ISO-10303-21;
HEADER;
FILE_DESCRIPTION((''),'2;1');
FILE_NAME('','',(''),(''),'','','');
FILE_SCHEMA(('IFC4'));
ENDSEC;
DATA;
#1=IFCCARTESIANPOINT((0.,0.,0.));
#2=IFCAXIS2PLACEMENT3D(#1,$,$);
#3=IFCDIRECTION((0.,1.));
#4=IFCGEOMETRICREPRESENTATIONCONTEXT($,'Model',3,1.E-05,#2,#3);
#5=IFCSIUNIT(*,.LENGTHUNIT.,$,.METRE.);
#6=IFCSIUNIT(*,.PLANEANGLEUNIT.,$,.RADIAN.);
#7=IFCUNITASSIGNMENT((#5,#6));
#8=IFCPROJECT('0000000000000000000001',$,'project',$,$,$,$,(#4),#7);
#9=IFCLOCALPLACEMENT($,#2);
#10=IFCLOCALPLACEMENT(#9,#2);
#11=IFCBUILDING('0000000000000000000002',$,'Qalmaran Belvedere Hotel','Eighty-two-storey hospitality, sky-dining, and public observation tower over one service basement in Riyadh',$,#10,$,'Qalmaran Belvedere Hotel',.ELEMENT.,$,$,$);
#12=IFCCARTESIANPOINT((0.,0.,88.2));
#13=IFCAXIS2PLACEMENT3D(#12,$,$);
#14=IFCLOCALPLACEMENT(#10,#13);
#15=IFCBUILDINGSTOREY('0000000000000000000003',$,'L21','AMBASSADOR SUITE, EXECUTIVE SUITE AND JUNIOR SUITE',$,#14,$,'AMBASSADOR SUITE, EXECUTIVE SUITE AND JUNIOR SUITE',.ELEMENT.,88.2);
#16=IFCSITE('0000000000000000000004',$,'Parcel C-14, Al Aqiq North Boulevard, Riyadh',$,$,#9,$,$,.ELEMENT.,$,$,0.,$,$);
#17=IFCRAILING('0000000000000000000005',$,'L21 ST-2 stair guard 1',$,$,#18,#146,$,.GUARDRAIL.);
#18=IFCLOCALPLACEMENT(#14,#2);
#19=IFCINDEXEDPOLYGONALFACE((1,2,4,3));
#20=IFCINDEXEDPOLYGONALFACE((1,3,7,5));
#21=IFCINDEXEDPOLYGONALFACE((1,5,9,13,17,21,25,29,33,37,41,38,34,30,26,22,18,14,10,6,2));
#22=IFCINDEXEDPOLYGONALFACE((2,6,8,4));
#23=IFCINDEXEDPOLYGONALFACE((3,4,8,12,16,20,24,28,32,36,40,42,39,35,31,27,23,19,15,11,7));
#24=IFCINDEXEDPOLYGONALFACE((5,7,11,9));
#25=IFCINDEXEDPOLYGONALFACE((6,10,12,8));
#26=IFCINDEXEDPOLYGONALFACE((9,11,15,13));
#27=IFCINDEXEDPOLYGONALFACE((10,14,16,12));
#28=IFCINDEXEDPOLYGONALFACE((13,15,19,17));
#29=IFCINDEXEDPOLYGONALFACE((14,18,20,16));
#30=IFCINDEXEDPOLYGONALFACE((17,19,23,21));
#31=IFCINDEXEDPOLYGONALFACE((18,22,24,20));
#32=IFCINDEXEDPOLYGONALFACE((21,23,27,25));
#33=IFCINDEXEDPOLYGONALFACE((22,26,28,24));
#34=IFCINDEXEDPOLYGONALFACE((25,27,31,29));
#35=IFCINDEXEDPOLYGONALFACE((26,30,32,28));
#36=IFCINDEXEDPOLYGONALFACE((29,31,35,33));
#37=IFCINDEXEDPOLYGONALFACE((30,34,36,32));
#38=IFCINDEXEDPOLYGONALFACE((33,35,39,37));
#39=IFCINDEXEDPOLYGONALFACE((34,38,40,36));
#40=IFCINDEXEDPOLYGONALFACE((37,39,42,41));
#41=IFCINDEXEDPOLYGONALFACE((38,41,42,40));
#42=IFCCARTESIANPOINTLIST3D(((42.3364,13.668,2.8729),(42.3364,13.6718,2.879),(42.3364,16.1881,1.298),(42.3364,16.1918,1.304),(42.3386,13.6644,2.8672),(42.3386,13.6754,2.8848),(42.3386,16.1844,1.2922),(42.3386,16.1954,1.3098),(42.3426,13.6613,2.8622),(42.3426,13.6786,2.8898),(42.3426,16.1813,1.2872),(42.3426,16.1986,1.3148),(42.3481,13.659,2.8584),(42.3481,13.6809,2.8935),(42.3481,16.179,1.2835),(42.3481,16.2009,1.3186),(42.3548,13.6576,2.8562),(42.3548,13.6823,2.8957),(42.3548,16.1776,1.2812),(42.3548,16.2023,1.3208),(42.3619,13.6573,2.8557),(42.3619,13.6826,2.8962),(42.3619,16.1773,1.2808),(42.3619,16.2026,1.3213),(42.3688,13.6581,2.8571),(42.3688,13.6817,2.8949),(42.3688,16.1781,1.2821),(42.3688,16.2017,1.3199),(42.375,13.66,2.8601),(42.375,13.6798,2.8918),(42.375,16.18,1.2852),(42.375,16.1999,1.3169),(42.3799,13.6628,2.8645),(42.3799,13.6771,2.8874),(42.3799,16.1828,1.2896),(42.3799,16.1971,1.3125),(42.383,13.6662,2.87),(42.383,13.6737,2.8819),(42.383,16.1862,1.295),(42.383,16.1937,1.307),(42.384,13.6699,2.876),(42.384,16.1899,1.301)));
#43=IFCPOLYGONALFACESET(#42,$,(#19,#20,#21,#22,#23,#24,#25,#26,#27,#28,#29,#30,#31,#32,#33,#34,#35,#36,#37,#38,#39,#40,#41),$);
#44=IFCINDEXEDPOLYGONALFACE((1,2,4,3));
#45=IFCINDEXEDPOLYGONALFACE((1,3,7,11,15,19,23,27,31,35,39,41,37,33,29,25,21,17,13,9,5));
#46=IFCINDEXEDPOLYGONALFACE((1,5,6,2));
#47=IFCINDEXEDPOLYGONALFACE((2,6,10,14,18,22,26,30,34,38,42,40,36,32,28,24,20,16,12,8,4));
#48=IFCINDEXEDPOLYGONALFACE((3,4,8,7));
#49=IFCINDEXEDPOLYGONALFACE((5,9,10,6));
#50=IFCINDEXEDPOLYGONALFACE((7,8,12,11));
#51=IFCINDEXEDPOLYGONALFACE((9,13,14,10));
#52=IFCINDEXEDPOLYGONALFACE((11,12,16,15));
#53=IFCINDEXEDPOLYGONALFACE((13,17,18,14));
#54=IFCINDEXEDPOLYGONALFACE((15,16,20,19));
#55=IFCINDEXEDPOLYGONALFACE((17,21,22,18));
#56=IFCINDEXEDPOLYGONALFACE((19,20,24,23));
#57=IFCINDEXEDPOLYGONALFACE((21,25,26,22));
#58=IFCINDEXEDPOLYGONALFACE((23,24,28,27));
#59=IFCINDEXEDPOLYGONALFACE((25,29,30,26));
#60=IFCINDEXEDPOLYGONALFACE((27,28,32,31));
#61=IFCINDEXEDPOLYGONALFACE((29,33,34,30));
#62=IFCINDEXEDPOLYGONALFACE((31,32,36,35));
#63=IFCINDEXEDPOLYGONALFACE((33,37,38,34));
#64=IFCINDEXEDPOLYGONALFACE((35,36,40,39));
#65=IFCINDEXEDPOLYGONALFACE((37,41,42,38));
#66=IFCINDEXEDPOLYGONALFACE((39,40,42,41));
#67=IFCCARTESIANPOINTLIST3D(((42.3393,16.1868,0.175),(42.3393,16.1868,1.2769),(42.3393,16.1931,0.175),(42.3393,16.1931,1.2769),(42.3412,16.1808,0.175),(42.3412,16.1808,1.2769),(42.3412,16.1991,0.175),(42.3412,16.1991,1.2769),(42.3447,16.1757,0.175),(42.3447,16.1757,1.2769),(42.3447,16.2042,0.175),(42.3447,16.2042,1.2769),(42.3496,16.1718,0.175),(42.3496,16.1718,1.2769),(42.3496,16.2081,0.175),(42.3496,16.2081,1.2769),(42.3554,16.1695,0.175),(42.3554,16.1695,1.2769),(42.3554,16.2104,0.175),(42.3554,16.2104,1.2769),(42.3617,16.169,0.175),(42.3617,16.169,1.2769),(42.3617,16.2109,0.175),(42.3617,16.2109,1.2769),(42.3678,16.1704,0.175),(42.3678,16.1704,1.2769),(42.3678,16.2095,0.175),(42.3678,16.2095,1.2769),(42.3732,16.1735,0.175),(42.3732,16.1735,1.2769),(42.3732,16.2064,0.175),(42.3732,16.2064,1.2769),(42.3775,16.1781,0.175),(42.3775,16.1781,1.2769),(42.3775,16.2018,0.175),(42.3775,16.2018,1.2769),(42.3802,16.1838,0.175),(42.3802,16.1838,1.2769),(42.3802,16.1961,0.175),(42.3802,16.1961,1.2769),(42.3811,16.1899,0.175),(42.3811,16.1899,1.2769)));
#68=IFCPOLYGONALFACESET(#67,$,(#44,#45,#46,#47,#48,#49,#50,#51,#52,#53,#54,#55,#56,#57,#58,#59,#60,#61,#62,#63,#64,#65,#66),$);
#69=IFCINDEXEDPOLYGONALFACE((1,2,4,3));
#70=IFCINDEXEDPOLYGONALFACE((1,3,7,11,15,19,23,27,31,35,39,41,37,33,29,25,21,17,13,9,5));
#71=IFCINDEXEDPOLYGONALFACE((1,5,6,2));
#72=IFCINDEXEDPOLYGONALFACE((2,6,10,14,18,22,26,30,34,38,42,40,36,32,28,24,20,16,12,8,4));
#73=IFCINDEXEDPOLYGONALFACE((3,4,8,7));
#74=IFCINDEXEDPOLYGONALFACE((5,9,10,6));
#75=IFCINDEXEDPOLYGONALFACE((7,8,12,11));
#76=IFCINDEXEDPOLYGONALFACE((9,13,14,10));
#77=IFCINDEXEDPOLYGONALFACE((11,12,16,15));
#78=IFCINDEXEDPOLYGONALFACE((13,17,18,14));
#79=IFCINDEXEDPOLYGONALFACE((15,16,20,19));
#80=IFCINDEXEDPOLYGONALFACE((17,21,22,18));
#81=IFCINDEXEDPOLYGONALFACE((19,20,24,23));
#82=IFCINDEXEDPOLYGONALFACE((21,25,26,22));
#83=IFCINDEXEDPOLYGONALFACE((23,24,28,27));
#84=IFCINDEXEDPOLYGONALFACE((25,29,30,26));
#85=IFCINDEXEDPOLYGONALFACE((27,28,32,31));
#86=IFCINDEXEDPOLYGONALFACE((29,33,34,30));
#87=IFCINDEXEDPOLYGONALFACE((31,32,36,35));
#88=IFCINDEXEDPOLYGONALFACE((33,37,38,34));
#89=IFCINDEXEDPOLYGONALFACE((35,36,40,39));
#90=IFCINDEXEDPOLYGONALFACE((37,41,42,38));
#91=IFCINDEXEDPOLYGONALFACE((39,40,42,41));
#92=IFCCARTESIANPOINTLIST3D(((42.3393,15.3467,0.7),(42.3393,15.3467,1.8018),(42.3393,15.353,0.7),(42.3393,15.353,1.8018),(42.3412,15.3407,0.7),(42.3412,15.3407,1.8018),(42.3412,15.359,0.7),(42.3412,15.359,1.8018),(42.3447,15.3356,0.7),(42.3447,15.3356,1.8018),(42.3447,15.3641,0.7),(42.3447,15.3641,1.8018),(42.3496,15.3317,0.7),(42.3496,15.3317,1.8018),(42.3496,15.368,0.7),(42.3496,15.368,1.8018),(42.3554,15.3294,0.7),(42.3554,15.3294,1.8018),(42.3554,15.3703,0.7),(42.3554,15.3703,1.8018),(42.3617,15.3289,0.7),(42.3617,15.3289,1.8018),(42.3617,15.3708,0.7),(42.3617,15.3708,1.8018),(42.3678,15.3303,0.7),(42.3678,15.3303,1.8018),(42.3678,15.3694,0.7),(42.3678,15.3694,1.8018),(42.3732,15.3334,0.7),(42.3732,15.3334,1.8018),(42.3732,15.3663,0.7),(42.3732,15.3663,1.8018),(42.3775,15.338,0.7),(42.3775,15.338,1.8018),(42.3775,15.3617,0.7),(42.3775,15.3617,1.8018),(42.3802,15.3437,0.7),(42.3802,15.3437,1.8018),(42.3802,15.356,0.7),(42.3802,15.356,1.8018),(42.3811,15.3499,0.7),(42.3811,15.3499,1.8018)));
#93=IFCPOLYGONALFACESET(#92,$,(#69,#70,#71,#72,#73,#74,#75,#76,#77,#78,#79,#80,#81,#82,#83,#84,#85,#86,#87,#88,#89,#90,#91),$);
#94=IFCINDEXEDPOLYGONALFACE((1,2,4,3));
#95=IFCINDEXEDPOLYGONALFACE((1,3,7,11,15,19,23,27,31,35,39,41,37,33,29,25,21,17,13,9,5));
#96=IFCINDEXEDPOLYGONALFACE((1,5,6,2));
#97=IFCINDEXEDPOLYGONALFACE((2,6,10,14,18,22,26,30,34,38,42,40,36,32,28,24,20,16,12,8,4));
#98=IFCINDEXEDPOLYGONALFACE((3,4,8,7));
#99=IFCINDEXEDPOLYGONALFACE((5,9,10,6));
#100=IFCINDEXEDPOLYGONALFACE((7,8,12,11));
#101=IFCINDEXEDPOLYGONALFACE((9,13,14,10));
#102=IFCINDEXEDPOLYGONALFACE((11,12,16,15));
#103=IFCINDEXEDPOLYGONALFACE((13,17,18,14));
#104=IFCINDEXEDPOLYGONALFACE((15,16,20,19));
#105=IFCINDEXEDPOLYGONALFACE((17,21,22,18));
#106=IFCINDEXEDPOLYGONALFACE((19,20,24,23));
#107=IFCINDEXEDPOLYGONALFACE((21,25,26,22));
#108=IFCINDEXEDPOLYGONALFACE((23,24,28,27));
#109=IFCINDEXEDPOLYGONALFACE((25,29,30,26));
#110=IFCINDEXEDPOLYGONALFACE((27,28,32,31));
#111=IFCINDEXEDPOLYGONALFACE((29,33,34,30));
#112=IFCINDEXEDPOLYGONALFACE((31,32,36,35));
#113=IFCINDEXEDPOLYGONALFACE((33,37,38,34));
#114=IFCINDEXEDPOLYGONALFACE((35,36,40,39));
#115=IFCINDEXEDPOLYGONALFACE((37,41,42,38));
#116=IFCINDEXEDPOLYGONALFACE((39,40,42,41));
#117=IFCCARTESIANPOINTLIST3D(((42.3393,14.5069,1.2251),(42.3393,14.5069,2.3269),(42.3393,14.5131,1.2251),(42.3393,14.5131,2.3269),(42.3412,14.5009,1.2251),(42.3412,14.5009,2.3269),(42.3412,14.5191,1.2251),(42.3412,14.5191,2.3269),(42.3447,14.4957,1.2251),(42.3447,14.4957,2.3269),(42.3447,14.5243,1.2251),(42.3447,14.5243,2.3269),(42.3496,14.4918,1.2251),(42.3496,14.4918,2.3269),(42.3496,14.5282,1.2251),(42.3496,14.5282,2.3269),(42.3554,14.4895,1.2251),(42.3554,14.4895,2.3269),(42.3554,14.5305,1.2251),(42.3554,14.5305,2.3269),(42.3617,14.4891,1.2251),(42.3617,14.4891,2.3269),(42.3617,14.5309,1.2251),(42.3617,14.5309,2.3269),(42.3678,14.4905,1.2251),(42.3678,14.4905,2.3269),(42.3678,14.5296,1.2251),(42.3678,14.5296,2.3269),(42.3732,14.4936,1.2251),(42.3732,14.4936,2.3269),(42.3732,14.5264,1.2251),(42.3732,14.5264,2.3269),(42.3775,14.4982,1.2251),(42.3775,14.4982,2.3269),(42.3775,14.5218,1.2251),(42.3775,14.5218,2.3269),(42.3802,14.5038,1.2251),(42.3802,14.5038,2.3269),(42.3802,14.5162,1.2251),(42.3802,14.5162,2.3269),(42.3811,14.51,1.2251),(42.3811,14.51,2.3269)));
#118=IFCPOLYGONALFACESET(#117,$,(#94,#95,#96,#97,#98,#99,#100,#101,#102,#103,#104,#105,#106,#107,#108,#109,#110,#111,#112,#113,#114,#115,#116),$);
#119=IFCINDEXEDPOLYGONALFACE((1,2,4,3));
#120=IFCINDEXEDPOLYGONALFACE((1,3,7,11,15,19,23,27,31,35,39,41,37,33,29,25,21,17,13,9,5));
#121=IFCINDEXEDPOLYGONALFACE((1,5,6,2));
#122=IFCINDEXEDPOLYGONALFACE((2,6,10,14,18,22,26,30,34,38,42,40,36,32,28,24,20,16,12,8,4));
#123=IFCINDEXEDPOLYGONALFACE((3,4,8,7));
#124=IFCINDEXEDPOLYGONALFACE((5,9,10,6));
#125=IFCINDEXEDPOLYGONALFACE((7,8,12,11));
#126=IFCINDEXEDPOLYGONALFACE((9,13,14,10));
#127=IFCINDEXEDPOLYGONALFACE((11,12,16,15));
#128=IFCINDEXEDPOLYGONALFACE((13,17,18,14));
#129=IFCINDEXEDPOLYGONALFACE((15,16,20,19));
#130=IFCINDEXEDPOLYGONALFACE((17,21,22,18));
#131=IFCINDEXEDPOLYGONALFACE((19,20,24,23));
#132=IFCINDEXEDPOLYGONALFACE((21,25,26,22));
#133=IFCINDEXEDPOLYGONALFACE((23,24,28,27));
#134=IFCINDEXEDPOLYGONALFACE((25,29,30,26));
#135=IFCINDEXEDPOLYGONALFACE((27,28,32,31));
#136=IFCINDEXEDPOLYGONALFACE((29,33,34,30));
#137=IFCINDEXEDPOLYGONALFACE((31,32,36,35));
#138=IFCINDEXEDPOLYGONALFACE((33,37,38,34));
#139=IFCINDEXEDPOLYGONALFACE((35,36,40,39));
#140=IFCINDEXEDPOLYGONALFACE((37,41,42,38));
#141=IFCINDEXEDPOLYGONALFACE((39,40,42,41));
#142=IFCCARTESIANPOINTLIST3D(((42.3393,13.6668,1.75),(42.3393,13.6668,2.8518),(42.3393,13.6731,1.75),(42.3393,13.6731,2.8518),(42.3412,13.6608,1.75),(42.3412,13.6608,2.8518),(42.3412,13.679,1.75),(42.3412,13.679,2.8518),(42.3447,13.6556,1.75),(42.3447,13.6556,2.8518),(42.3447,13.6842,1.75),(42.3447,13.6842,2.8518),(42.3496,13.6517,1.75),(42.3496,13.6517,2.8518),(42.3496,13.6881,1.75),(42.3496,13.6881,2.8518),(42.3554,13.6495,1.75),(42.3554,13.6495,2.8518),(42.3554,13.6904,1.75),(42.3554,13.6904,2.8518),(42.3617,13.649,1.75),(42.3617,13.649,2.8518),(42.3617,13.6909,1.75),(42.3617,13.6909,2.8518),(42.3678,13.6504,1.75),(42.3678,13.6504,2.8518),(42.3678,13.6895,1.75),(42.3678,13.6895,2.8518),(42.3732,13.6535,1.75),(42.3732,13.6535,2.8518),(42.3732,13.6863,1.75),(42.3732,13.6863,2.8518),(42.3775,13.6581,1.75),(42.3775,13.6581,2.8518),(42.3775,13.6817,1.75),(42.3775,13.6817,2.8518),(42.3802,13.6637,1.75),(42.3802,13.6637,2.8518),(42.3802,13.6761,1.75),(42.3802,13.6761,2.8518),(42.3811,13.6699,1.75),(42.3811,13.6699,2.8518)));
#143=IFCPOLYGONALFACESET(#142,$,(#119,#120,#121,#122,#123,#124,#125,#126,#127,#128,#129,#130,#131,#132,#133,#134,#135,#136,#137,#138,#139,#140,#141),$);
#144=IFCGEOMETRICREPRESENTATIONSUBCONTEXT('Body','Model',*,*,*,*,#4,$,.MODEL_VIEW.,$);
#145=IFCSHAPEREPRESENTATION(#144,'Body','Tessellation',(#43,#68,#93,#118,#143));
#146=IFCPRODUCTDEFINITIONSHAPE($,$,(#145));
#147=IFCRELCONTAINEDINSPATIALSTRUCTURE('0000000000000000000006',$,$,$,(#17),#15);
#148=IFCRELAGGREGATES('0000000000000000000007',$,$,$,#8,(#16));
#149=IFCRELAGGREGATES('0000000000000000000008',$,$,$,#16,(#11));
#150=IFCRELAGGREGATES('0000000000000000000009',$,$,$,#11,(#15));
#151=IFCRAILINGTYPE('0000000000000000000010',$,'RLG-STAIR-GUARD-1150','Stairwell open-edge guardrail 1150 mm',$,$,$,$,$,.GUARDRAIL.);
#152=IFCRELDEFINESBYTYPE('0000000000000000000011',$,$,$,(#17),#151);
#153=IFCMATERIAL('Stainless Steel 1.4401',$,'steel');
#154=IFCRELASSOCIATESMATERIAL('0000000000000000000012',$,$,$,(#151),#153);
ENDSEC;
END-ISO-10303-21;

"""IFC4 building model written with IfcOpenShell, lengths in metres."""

from ifc_helpers import new_model, si_unit, direction, frame, origin, origin_2d, place, context, subcontext, project, spatial, circle, extrude, material, type_object, element, save


model = new_model("IFC4")

# Units and contexts
model_context = context("Model", 3, precision=1e-05, world=origin(), true_north=direction((0.0, 1.0)))
body_context = subcontext(model_context, "Body", "Model", "MODEL_VIEW")
ifc_project = project(units=[si_unit("LENGTHUNIT", "METRE"), si_unit("PLANEANGLEUNIT", "RADIAN")], contexts=[model_context])

# Site, building, storey
site_placement = place(None, origin())
site = spatial("IfcSite", under=ifc_project, at=site_placement, Name="Parcel C-14, Al Aqiq North Boulevard, Riyadh", CompositionType="ELEMENT", RefElevation=0.0)
building_placement = place(site_placement, origin())
building = spatial("IfcBuilding", under=site, at=building_placement, Name="Qalmaran Belvedere Hotel", Description="Eighty-two-storey hospitality, sky-dining, and public observation tower over one service basement in Riyadh", LongName="Qalmaran Belvedere Hotel", CompositionType="ELEMENT")
storey_placement = place(building_placement, frame((0.0, 0.0, 88.2)))
storey = spatial("IfcBuildingStorey", under=building, at=storey_placement, Name="L21", Description="AMBASSADOR SUITE, EXECUTIVE SUITE AND JUNIOR SUITE", LongName="AMBASSADOR SUITE, EXECUTIVE SUITE AND JUNIOR SUITE", CompositionType="ELEMENT", Elevation=88.2)

# Shared definitions
ifc_material_1 = material(Name="Stainless Steel 1.4401", Category="steel")

# Railing
railing_type_1 = type_object("IfcRailingType", Name="RLG-STAIR-GUARD-1150", Description="Stairwell open-edge guardrail 1150 mm", PredefinedType="GUARDRAIL", material=ifc_material_1)
railing_1_placement = place(storey_placement, frame((42.3601, 16.1899, 0.175)))
element("IfcRailing", 1, at=railing_1_placement, inside=storey, type_object=railing_type_1, Name="L21 ST-2 stair guard 1", PredefinedType="GUARDRAIL", context=body_context, shape_type="SweptSolid", body=[
    extrude(circle(Radius=0.0239, at=origin_2d()), frame((0.0, 0.0, 1.126), z_axis=(0.0, -0.848008, 0.529984), x_axis=(1.0, 0.0, 0.0)), (0.0, 0.0, 1.0), 2.9717),
    extrude(circle(Radius=0.021, at=origin_2d()), origin(), (0.0, 0.0, 1.0), 1.1018),
    extrude(circle(Radius=0.021, at=origin_2d()), frame((0.0, -0.8401, 0.5249)), (0.0, 0.0, 1.0), 1.1018),
    extrude(circle(Radius=0.021, at=origin_2d()), frame((0.0, -1.6799, 1.05)), (0.0, 0.0, 1.0), 1.1018),
    extrude(circle(Radius=0.021, at=origin_2d()), frame((0.0, -2.52, 1.575)), (0.0, 0.0, 1.0), 1.1018),
])

save(model, "model.ifc")
